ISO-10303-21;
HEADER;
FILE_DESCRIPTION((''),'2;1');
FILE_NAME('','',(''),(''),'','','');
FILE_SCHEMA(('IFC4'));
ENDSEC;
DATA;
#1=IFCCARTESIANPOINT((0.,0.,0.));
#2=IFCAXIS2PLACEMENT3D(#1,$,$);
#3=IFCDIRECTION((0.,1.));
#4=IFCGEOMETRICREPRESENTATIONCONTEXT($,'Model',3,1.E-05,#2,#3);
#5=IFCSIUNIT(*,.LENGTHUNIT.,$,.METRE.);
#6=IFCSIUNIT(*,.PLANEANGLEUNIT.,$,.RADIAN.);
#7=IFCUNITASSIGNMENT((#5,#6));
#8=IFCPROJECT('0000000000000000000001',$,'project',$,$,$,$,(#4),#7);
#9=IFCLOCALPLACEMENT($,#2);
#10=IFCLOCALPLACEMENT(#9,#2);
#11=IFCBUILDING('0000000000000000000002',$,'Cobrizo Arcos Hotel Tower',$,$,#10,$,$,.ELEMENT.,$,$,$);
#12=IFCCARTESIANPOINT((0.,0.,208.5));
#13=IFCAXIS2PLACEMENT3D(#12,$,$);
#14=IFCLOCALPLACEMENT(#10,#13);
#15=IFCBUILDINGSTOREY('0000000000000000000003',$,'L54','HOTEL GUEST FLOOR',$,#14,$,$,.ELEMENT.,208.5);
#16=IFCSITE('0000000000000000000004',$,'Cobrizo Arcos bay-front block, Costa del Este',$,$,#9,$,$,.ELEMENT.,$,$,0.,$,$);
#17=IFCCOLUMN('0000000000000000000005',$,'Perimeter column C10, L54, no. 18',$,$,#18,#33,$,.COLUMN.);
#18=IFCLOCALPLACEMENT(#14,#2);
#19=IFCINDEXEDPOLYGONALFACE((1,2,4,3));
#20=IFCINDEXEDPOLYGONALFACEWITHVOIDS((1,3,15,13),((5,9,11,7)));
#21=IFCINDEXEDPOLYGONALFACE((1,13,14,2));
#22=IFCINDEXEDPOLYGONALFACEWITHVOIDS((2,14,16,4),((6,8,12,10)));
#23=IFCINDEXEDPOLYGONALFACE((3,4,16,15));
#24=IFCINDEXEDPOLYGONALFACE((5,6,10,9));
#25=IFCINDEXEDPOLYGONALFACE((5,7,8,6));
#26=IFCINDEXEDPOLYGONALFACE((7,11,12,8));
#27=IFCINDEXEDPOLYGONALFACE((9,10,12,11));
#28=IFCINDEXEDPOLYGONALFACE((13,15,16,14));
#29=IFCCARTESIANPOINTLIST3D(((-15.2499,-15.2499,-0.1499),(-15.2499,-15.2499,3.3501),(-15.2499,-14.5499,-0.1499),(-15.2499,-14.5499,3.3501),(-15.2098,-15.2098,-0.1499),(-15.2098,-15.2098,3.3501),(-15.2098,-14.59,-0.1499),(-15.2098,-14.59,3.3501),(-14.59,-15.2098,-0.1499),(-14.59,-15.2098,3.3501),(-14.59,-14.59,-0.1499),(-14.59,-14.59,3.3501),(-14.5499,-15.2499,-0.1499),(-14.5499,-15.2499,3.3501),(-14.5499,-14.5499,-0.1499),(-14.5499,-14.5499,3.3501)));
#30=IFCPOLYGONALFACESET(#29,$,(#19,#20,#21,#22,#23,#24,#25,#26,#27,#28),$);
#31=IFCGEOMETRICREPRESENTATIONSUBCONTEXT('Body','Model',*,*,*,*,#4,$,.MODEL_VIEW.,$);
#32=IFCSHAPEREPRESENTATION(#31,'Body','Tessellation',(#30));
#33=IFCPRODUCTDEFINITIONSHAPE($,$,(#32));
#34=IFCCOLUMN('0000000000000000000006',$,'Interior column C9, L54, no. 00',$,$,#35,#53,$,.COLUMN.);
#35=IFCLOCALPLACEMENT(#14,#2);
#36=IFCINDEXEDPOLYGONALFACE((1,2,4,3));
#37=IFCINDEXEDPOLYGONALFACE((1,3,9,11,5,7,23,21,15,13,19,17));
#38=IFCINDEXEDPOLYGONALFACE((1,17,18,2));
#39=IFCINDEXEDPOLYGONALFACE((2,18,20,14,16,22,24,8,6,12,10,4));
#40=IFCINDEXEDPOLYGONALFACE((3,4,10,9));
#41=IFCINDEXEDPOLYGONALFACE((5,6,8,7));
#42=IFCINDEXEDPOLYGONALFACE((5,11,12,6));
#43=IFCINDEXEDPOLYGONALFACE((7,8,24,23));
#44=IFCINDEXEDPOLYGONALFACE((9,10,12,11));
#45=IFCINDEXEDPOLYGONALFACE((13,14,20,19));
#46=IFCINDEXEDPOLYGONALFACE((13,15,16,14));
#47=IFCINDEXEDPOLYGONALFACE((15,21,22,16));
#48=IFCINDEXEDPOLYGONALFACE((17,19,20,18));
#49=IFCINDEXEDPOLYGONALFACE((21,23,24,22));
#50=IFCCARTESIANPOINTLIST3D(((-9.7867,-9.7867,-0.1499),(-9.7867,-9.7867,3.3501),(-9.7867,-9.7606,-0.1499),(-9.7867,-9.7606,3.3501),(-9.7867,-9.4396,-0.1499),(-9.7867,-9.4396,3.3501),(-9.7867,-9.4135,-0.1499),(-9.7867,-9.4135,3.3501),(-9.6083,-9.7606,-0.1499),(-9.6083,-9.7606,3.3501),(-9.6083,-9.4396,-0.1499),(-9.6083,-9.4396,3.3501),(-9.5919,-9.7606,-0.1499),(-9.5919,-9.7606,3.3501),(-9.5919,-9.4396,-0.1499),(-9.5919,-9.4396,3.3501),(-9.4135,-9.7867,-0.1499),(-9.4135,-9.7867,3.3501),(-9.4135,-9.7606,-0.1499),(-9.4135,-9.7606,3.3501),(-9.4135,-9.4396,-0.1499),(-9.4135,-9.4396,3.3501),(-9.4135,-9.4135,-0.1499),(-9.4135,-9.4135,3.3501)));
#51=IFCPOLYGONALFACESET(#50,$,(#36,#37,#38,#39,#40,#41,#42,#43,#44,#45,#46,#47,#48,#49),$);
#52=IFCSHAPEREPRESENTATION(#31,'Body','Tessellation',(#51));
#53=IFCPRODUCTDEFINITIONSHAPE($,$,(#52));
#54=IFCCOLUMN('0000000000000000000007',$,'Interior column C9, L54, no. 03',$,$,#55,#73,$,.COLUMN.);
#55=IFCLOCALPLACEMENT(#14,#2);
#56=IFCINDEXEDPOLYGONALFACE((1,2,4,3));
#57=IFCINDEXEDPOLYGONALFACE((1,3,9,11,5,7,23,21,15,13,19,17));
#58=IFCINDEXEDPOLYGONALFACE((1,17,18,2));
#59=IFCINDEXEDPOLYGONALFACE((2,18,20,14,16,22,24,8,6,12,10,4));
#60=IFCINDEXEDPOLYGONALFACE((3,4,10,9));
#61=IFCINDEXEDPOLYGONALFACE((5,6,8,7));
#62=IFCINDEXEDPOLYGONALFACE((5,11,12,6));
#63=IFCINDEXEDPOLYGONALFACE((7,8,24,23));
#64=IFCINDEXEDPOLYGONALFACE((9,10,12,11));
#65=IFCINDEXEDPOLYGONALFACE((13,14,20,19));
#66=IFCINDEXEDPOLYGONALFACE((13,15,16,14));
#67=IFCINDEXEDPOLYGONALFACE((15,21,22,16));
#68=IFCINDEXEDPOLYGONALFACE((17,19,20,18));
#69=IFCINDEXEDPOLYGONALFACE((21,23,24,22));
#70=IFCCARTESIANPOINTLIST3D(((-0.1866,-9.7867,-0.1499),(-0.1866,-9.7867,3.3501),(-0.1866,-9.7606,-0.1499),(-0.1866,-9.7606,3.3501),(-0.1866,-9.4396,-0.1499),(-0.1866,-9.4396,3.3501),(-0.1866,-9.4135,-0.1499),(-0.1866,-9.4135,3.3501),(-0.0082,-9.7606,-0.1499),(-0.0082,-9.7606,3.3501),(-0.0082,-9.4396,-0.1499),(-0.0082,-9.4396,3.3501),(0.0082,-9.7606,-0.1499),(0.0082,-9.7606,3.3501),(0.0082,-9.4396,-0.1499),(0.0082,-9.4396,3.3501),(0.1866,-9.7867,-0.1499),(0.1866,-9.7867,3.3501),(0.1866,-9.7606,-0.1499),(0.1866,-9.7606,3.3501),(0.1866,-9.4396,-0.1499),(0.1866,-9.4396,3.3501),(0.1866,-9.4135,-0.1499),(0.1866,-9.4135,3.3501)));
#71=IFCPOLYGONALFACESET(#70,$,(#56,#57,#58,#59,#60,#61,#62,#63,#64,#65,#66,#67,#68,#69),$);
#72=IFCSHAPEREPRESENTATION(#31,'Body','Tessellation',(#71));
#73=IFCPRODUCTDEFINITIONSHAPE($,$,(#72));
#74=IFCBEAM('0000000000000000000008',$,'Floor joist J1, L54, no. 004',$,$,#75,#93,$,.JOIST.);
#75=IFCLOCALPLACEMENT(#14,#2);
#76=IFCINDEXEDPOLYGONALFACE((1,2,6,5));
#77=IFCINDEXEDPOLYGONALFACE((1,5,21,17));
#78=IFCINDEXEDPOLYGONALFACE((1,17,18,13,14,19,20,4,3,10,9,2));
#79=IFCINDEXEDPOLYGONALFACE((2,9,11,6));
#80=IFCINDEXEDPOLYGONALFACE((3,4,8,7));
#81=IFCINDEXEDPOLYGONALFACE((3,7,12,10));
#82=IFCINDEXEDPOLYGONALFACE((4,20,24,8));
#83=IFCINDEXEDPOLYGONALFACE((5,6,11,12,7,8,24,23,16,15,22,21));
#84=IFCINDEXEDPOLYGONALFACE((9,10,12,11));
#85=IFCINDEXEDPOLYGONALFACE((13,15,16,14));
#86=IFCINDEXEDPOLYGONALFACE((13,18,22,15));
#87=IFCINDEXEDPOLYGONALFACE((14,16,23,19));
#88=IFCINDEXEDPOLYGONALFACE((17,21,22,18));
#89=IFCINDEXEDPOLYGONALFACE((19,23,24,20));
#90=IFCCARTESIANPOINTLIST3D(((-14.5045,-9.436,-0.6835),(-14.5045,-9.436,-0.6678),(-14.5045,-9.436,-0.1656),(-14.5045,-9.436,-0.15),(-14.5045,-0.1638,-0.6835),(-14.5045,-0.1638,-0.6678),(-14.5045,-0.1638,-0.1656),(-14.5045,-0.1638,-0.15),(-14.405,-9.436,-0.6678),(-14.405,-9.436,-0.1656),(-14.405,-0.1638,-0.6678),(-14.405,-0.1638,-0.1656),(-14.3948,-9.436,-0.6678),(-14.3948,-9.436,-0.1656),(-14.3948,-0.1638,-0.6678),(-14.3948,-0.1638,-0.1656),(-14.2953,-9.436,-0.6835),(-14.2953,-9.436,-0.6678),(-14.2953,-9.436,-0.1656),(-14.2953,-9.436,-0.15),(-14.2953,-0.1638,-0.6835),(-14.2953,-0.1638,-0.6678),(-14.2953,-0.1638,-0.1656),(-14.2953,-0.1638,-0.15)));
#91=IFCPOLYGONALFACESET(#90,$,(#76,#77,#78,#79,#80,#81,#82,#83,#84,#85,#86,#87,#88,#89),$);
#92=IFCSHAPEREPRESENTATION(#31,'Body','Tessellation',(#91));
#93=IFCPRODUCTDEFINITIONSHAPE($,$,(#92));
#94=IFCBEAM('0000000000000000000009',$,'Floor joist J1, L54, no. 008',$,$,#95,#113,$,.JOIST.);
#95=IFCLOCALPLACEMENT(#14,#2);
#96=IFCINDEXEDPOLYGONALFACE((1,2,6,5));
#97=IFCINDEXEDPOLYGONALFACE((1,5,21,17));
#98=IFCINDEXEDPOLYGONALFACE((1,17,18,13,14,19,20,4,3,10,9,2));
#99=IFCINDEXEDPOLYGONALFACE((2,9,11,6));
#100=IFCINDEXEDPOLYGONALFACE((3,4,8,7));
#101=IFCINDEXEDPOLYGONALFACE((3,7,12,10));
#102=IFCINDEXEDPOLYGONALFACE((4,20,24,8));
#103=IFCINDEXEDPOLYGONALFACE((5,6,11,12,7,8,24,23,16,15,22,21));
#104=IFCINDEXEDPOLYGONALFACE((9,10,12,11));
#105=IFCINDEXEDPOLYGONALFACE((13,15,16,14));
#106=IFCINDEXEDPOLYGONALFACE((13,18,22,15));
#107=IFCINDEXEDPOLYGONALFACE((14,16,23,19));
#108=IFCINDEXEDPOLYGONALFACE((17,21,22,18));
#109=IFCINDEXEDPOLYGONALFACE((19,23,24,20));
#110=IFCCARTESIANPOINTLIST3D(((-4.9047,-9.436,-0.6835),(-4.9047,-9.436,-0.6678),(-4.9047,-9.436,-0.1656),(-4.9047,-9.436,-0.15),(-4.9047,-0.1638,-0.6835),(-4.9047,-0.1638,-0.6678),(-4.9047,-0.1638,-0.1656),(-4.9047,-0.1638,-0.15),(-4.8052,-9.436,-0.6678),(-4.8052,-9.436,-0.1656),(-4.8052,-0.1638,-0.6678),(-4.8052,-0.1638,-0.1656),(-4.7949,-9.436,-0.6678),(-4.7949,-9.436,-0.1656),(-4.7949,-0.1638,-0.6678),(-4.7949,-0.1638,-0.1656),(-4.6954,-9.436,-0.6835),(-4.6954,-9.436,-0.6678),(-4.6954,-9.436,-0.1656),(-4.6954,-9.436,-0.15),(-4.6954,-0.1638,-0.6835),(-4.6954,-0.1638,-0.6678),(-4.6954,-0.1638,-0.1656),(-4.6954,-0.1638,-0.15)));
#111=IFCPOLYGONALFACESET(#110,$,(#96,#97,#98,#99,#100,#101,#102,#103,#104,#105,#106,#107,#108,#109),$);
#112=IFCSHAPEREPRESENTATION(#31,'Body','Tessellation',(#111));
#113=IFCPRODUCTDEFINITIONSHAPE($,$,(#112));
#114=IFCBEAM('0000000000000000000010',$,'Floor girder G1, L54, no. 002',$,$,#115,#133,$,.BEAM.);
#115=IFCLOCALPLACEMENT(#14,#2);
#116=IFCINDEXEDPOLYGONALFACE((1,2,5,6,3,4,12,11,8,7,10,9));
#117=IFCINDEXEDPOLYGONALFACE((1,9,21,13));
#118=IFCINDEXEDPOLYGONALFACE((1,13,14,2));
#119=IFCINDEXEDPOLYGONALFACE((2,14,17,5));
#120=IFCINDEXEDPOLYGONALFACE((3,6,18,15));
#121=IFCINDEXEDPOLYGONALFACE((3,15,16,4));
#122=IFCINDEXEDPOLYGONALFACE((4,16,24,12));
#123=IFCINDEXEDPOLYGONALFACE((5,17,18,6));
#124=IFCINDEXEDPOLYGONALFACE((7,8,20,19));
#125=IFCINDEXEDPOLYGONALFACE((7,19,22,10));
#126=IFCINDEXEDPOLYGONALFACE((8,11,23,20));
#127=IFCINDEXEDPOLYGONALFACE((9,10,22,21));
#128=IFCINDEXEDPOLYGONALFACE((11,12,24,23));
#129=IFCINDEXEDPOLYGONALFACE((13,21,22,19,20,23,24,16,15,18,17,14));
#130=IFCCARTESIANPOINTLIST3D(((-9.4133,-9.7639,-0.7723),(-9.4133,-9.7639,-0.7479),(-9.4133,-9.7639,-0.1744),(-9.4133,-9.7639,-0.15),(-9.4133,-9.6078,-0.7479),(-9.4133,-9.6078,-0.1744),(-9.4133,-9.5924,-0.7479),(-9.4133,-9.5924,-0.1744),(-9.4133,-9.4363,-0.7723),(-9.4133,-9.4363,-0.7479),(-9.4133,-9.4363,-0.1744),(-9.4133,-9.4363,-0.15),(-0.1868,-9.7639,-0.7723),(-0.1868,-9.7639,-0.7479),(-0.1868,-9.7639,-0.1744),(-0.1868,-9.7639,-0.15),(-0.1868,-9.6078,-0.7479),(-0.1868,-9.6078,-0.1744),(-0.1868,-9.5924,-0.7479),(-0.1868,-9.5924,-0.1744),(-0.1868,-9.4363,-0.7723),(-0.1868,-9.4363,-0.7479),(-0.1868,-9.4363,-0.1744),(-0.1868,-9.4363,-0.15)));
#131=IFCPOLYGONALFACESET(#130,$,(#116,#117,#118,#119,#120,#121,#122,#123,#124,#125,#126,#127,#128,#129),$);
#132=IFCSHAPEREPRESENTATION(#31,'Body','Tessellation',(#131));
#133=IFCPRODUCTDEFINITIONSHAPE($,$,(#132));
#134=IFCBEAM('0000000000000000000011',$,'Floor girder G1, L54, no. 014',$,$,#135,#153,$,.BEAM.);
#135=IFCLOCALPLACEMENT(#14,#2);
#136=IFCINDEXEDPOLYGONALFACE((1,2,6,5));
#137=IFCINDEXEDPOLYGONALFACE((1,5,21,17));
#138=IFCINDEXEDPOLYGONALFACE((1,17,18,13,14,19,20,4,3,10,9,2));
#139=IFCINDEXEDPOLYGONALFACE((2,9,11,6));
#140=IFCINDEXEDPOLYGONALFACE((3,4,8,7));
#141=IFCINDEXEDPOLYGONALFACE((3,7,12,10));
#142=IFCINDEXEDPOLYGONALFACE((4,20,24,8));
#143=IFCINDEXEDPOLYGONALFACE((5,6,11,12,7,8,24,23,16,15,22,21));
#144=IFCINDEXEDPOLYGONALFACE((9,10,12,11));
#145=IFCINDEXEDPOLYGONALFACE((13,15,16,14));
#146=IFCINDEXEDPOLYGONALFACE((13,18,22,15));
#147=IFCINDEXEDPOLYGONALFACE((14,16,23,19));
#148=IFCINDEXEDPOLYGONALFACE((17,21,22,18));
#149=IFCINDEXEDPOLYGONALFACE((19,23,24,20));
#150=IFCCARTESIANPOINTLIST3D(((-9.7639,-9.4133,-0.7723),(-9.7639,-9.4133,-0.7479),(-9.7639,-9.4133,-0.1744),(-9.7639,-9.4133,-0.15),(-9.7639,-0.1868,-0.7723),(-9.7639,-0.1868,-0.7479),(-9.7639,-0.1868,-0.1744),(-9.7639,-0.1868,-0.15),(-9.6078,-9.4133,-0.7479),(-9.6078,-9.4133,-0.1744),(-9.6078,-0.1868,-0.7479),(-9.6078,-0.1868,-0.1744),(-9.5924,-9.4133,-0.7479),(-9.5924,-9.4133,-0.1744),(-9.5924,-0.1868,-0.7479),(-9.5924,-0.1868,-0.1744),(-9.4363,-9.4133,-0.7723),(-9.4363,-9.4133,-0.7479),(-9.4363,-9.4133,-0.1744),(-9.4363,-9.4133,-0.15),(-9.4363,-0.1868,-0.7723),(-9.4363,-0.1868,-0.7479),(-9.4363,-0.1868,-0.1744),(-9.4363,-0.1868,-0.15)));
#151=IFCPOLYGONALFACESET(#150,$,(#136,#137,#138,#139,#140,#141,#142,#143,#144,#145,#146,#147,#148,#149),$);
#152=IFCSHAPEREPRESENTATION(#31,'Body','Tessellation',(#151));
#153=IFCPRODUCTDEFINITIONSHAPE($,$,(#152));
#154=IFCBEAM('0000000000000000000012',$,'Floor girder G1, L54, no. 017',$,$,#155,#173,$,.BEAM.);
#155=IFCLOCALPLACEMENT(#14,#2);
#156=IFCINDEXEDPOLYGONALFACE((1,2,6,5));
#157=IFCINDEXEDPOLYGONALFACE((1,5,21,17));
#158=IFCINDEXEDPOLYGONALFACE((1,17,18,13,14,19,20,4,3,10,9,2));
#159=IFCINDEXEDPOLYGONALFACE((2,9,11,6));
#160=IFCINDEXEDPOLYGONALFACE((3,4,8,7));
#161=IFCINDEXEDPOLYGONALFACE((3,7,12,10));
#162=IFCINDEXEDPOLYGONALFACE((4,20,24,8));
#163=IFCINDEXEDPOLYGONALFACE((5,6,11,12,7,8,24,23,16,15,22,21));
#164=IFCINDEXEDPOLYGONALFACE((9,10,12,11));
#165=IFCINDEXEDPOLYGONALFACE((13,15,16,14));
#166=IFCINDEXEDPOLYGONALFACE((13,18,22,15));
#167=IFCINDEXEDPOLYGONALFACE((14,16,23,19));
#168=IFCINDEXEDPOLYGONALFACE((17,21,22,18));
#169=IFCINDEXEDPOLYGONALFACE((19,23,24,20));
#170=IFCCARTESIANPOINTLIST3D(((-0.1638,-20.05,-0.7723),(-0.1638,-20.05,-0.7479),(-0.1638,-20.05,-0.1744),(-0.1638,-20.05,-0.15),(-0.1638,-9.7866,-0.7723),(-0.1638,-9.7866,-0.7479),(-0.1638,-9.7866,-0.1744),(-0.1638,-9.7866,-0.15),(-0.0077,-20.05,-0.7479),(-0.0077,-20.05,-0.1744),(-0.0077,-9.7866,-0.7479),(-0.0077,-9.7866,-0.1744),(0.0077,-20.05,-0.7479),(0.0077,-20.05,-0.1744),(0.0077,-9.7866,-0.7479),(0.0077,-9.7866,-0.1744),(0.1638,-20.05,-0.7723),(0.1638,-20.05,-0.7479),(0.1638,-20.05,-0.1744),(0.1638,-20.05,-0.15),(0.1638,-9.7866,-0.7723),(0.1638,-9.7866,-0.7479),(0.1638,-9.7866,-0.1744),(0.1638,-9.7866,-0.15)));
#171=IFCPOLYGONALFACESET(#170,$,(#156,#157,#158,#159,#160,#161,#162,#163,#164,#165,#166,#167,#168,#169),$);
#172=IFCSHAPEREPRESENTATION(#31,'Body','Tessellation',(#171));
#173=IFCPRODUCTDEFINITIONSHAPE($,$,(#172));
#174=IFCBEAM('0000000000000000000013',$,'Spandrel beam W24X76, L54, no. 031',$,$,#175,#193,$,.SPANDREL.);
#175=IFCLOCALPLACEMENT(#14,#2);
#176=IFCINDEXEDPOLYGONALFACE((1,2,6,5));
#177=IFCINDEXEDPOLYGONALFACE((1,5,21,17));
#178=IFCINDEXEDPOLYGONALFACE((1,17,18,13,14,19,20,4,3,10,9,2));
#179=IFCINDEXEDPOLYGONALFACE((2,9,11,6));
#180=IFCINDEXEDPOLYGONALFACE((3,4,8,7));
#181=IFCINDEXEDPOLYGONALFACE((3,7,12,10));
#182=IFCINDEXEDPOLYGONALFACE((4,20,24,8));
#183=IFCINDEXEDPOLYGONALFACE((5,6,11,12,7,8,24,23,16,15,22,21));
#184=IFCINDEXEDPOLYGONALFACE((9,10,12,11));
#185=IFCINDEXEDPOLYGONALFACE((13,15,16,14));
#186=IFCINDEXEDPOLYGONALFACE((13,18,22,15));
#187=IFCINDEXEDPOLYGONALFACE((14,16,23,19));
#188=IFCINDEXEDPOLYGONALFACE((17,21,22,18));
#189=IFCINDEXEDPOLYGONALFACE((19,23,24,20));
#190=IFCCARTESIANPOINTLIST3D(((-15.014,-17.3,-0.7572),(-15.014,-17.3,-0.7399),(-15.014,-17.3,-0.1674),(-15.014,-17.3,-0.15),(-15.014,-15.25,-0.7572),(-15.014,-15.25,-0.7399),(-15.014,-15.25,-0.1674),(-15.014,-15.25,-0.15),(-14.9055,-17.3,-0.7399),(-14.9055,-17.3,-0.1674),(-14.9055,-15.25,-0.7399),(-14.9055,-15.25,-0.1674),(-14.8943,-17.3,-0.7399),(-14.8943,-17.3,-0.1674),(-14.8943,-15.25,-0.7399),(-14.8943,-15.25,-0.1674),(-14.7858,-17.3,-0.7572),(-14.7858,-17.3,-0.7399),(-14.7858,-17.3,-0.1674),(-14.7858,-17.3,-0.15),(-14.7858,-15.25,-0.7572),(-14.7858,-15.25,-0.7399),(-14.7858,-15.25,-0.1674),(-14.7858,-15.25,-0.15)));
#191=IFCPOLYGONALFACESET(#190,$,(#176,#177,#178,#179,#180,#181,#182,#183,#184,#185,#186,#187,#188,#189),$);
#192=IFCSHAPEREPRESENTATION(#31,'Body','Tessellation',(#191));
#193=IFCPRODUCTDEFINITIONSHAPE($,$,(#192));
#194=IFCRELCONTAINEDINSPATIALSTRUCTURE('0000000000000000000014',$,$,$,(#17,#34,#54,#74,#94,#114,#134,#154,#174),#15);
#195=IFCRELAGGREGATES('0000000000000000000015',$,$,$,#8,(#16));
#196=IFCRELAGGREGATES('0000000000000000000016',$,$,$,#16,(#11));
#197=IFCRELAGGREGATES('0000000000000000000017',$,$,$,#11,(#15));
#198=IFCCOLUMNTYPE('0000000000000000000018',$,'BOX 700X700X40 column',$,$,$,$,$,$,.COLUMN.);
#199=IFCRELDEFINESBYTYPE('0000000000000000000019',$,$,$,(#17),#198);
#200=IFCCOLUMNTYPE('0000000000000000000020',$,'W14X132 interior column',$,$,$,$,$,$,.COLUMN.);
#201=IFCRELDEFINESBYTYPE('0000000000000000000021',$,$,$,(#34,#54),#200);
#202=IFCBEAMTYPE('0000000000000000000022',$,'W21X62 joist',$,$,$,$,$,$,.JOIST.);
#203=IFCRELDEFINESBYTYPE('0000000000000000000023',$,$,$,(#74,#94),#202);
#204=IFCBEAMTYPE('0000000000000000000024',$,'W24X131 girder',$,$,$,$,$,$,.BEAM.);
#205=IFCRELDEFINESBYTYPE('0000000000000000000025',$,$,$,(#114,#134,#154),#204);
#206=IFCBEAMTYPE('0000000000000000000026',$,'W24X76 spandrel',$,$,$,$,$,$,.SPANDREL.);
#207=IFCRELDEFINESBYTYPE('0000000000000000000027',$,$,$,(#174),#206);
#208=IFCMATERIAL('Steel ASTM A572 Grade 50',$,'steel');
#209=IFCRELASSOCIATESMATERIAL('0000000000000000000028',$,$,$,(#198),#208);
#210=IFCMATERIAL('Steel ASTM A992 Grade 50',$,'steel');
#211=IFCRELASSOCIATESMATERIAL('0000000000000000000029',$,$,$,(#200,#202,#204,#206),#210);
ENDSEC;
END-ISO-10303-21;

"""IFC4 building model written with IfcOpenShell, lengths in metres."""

from ifc_helpers import new_model, si_unit, direction, frame, origin, origin_2d, place, context, subcontext, project, spatial, hollow_rectangle, i_section, extrude, material, material_profile, profile_set, type_object, element, save


model = new_model("IFC4")

# Units and contexts
model_context = context("Model", 3, precision=1e-05, world=origin(), true_north=direction((0.0, 1.0)))
body_context = subcontext(model_context, "Body", "Model", "MODEL_VIEW")
ifc_project = project(units=[si_unit("LENGTHUNIT", "METRE"), si_unit("PLANEANGLEUNIT", "RADIAN")], contexts=[model_context])

# Site, building, storey
site_placement = place(None, origin())
site = spatial("IfcSite", under=ifc_project, at=site_placement, Name="Cobrizo Arcos bay-front block, Costa del Este", CompositionType="ELEMENT", RefElevation=0.0)
building_placement = place(site_placement, origin())
building = spatial("IfcBuilding", under=site, at=building_placement, Name="Cobrizo Arcos Hotel Tower", CompositionType="ELEMENT")
storey_placement = place(building_placement, frame((0.0, 0.0, 208.5)))
storey = spatial("IfcBuildingStorey", under=building, at=storey_placement, Name="L54", Description="HOTEL GUEST FLOOR", CompositionType="ELEMENT", Elevation=208.5)

# Columns
ifc_material_1 = material(Name="Steel ASTM A572 Grade 50", Category="steel")
ifc_material_profile_1 = material_profile(ifc_material_1, hollow_rectangle(XDim=0.7, YDim=0.7, WallThickness=0.04, at=origin_2d()), Name="BOX 700X700X40")
ifc_profile_set_1 = profile_set([ifc_material_profile_1], Name="Steel ASTM A572 Grade 50")
column_type_1 = type_object("IfcColumnType", Name="BOX 700X700X40 column", PredefinedType="COLUMN", material=ifc_profile_set_1)
column_placement = place(storey_placement, frame((-14.8999, -14.8999, -0.1499), z_axis=(0.0, 0.0, 1.0), x_axis=(1.0, 0.0, 0.0)))
element("IfcColumn", 1, at=column_placement, inside=storey, type_object=column_type_1, Name="Perimeter column C10, L54, no. 18", PredefinedType="COLUMN", context=body_context, shape_type="SweptSolid", body=[
    extrude(hollow_rectangle(XDim=0.7, YDim=0.7, WallThickness=0.04, at=origin_2d()), origin(), (0.0, 0.0, 1.0), 3.5),
])
ifc_material_2 = material(Name="Steel ASTM A992 Grade 50", Category="steel")
ifc_material_profile_2 = material_profile(ifc_material_2, i_section(OverallWidth=0.3733, OverallDepth=0.3733, WebThickness=0.0164, FlangeThickness=0.0261, at=origin_2d()), Name="W14X132")
ifc_profile_set_2 = profile_set([ifc_material_profile_2], Name="Steel ASTM A992 Grade 50")
column_type_2 = type_object("IfcColumnType", Name="W14X132 interior column", PredefinedType="COLUMN", material=ifc_profile_set_2)
for number, where, z_axis, x_axis, name in (
    (2, (-9.6001, -9.6001, -0.1499), (0.0, 0.0, 1.0), (1.0, 0.0, 0.0), "Interior column C9, L54, no. 00"),
    (3, (0.0, -9.6001, -0.1499), (0.0, 0.0, 1.0), (1.0, 0.0, 0.0), "Interior column C9, L54, no. 03"),
):
    element("IfcColumn", number, at=place(storey_placement, frame(where, z_axis=z_axis, x_axis=x_axis)), inside=storey, type_object=column_type_2, Name=name, PredefinedType="COLUMN", context=body_context, shape_type="SweptSolid", body=[
        extrude(i_section(OverallWidth=0.3733, OverallDepth=0.3733, WebThickness=0.0164, FlangeThickness=0.0261, at=origin_2d()), origin(), (0.0, 0.0, 1.0), 3.5),
    ])

# Beams
ifc_material_profile_3 = material_profile(ifc_material_2, i_section(OverallWidth=0.2092, OverallDepth=0.5334, WebThickness=0.0103, FlangeThickness=0.0156, at=origin_2d()), Name="W21X62")
ifc_profile_set_3 = profile_set([ifc_material_profile_3], Name="Steel ASTM A992 Grade 50")
beam_type_1 = type_object("IfcBeamType", Name="W21X62 joist", PredefinedType="JOIST", material=ifc_profile_set_3)
for number, where, z_axis, x_axis, name in (
    (4, (-14.3999, -9.436, -0.4167), (0.0, 1.0, 0.0), (-1.0, 0.0, 0.0), "Floor joist J1, L54, no. 004"),
    (5, (-4.8, -9.436, -0.4167), (0.0, 1.0, 0.0), (-1.0, 0.0, 0.0), "Floor joist J1, L54, no. 008"),
):
    element("IfcBeam", number, at=place(storey_placement, frame(where, z_axis=z_axis, x_axis=x_axis)), inside=storey, type_object=beam_type_1, Name=name, PredefinedType="JOIST", context=body_context, shape_type="SweptSolid", body=[
        extrude(i_section(OverallWidth=0.2092, OverallDepth=0.5334, WebThickness=0.0103, FlangeThickness=0.0156, at=origin_2d()), origin(), (0.0, 0.0, 1.0), 9.2722),
    ])
ifc_material_profile_4 = material_profile(ifc_material_2, i_section(OverallWidth=0.3276, OverallDepth=0.6223, WebThickness=0.0154, FlangeThickness=0.0244, at=origin_2d()), Name="W24X131")
ifc_profile_set_4 = profile_set([ifc_material_profile_4], Name="Steel ASTM A992 Grade 50")
beam_type_2 = type_object("IfcBeamType", Name="W24X131 girder", PredefinedType="BEAM", material=ifc_profile_set_4)
for number, where, z_axis, x_axis, name in (
    (6, (-9.4133, -9.6001, -0.4612), (1.0, 0.0, 0.0), (0.0, 1.0, 0.0), "Floor girder G1, L54, no. 002"),
    (7, (-9.6001, -9.4133, -0.4612), (0.0, 1.0, 0.0), (-1.0, 0.0, 0.0), "Floor girder G1, L54, no. 014"),
):
    element("IfcBeam", number, at=place(storey_placement, frame(where, z_axis=z_axis, x_axis=x_axis)), inside=storey, type_object=beam_type_2, Name=name, PredefinedType="BEAM", context=body_context, shape_type="SweptSolid", body=[
        extrude(i_section(OverallWidth=0.3276, OverallDepth=0.6223, WebThickness=0.0154, FlangeThickness=0.0244, at=origin_2d()), origin(), (0.0, 0.0, 1.0), 9.2266),
    ])
beam_1_placement = place(storey_placement, frame((0.0, -20.05, -0.4612), z_axis=(0.0, 1.0, 0.0), x_axis=(-1.0, 0.0, 0.0)))
element("IfcBeam", 8, at=beam_1_placement, inside=storey, type_object=beam_type_2, Name="Floor girder G1, L54, no. 017", PredefinedType="BEAM", context=body_context, shape_type="SweptSolid", body=[
    extrude(i_section(OverallWidth=0.3276, OverallDepth=0.6223, WebThickness=0.0154, FlangeThickness=0.0244, at=origin_2d()), origin(), (0.0, 0.0, 1.0), 10.2634),
])
ifc_material_profile_5 = material_profile(ifc_material_2, i_section(OverallWidth=0.2283, OverallDepth=0.6072, WebThickness=0.0112, FlangeThickness=0.0173, at=origin_2d()), Name="W24X76")
ifc_profile_set_5 = profile_set([ifc_material_profile_5], Name="Steel ASTM A992 Grade 50")
beam_type_3 = type_object("IfcBeamType", Name="W24X76 spandrel", PredefinedType="SPANDREL", material=ifc_profile_set_5)
beam_2_placement = place(storey_placement, frame((-14.8999, -15.25, -0.4536), z_axis=(0.0, -1.0, 0.0), x_axis=(1.0, 0.0, 0.0)))
element("IfcBeam", 9, at=beam_2_placement, inside=storey, type_object=beam_type_3, Name="Spandrel beam W24X76, L54, no. 031", PredefinedType="SPANDREL", context=body_context, shape_type="SweptSolid", body=[
    extrude(i_section(OverallWidth=0.2283, OverallDepth=0.6072, WebThickness=0.0112, FlangeThickness=0.0173, at=origin_2d()), origin(), (0.0, 0.0, 1.0), 2.05),
])

save(model, "model.ifc")
